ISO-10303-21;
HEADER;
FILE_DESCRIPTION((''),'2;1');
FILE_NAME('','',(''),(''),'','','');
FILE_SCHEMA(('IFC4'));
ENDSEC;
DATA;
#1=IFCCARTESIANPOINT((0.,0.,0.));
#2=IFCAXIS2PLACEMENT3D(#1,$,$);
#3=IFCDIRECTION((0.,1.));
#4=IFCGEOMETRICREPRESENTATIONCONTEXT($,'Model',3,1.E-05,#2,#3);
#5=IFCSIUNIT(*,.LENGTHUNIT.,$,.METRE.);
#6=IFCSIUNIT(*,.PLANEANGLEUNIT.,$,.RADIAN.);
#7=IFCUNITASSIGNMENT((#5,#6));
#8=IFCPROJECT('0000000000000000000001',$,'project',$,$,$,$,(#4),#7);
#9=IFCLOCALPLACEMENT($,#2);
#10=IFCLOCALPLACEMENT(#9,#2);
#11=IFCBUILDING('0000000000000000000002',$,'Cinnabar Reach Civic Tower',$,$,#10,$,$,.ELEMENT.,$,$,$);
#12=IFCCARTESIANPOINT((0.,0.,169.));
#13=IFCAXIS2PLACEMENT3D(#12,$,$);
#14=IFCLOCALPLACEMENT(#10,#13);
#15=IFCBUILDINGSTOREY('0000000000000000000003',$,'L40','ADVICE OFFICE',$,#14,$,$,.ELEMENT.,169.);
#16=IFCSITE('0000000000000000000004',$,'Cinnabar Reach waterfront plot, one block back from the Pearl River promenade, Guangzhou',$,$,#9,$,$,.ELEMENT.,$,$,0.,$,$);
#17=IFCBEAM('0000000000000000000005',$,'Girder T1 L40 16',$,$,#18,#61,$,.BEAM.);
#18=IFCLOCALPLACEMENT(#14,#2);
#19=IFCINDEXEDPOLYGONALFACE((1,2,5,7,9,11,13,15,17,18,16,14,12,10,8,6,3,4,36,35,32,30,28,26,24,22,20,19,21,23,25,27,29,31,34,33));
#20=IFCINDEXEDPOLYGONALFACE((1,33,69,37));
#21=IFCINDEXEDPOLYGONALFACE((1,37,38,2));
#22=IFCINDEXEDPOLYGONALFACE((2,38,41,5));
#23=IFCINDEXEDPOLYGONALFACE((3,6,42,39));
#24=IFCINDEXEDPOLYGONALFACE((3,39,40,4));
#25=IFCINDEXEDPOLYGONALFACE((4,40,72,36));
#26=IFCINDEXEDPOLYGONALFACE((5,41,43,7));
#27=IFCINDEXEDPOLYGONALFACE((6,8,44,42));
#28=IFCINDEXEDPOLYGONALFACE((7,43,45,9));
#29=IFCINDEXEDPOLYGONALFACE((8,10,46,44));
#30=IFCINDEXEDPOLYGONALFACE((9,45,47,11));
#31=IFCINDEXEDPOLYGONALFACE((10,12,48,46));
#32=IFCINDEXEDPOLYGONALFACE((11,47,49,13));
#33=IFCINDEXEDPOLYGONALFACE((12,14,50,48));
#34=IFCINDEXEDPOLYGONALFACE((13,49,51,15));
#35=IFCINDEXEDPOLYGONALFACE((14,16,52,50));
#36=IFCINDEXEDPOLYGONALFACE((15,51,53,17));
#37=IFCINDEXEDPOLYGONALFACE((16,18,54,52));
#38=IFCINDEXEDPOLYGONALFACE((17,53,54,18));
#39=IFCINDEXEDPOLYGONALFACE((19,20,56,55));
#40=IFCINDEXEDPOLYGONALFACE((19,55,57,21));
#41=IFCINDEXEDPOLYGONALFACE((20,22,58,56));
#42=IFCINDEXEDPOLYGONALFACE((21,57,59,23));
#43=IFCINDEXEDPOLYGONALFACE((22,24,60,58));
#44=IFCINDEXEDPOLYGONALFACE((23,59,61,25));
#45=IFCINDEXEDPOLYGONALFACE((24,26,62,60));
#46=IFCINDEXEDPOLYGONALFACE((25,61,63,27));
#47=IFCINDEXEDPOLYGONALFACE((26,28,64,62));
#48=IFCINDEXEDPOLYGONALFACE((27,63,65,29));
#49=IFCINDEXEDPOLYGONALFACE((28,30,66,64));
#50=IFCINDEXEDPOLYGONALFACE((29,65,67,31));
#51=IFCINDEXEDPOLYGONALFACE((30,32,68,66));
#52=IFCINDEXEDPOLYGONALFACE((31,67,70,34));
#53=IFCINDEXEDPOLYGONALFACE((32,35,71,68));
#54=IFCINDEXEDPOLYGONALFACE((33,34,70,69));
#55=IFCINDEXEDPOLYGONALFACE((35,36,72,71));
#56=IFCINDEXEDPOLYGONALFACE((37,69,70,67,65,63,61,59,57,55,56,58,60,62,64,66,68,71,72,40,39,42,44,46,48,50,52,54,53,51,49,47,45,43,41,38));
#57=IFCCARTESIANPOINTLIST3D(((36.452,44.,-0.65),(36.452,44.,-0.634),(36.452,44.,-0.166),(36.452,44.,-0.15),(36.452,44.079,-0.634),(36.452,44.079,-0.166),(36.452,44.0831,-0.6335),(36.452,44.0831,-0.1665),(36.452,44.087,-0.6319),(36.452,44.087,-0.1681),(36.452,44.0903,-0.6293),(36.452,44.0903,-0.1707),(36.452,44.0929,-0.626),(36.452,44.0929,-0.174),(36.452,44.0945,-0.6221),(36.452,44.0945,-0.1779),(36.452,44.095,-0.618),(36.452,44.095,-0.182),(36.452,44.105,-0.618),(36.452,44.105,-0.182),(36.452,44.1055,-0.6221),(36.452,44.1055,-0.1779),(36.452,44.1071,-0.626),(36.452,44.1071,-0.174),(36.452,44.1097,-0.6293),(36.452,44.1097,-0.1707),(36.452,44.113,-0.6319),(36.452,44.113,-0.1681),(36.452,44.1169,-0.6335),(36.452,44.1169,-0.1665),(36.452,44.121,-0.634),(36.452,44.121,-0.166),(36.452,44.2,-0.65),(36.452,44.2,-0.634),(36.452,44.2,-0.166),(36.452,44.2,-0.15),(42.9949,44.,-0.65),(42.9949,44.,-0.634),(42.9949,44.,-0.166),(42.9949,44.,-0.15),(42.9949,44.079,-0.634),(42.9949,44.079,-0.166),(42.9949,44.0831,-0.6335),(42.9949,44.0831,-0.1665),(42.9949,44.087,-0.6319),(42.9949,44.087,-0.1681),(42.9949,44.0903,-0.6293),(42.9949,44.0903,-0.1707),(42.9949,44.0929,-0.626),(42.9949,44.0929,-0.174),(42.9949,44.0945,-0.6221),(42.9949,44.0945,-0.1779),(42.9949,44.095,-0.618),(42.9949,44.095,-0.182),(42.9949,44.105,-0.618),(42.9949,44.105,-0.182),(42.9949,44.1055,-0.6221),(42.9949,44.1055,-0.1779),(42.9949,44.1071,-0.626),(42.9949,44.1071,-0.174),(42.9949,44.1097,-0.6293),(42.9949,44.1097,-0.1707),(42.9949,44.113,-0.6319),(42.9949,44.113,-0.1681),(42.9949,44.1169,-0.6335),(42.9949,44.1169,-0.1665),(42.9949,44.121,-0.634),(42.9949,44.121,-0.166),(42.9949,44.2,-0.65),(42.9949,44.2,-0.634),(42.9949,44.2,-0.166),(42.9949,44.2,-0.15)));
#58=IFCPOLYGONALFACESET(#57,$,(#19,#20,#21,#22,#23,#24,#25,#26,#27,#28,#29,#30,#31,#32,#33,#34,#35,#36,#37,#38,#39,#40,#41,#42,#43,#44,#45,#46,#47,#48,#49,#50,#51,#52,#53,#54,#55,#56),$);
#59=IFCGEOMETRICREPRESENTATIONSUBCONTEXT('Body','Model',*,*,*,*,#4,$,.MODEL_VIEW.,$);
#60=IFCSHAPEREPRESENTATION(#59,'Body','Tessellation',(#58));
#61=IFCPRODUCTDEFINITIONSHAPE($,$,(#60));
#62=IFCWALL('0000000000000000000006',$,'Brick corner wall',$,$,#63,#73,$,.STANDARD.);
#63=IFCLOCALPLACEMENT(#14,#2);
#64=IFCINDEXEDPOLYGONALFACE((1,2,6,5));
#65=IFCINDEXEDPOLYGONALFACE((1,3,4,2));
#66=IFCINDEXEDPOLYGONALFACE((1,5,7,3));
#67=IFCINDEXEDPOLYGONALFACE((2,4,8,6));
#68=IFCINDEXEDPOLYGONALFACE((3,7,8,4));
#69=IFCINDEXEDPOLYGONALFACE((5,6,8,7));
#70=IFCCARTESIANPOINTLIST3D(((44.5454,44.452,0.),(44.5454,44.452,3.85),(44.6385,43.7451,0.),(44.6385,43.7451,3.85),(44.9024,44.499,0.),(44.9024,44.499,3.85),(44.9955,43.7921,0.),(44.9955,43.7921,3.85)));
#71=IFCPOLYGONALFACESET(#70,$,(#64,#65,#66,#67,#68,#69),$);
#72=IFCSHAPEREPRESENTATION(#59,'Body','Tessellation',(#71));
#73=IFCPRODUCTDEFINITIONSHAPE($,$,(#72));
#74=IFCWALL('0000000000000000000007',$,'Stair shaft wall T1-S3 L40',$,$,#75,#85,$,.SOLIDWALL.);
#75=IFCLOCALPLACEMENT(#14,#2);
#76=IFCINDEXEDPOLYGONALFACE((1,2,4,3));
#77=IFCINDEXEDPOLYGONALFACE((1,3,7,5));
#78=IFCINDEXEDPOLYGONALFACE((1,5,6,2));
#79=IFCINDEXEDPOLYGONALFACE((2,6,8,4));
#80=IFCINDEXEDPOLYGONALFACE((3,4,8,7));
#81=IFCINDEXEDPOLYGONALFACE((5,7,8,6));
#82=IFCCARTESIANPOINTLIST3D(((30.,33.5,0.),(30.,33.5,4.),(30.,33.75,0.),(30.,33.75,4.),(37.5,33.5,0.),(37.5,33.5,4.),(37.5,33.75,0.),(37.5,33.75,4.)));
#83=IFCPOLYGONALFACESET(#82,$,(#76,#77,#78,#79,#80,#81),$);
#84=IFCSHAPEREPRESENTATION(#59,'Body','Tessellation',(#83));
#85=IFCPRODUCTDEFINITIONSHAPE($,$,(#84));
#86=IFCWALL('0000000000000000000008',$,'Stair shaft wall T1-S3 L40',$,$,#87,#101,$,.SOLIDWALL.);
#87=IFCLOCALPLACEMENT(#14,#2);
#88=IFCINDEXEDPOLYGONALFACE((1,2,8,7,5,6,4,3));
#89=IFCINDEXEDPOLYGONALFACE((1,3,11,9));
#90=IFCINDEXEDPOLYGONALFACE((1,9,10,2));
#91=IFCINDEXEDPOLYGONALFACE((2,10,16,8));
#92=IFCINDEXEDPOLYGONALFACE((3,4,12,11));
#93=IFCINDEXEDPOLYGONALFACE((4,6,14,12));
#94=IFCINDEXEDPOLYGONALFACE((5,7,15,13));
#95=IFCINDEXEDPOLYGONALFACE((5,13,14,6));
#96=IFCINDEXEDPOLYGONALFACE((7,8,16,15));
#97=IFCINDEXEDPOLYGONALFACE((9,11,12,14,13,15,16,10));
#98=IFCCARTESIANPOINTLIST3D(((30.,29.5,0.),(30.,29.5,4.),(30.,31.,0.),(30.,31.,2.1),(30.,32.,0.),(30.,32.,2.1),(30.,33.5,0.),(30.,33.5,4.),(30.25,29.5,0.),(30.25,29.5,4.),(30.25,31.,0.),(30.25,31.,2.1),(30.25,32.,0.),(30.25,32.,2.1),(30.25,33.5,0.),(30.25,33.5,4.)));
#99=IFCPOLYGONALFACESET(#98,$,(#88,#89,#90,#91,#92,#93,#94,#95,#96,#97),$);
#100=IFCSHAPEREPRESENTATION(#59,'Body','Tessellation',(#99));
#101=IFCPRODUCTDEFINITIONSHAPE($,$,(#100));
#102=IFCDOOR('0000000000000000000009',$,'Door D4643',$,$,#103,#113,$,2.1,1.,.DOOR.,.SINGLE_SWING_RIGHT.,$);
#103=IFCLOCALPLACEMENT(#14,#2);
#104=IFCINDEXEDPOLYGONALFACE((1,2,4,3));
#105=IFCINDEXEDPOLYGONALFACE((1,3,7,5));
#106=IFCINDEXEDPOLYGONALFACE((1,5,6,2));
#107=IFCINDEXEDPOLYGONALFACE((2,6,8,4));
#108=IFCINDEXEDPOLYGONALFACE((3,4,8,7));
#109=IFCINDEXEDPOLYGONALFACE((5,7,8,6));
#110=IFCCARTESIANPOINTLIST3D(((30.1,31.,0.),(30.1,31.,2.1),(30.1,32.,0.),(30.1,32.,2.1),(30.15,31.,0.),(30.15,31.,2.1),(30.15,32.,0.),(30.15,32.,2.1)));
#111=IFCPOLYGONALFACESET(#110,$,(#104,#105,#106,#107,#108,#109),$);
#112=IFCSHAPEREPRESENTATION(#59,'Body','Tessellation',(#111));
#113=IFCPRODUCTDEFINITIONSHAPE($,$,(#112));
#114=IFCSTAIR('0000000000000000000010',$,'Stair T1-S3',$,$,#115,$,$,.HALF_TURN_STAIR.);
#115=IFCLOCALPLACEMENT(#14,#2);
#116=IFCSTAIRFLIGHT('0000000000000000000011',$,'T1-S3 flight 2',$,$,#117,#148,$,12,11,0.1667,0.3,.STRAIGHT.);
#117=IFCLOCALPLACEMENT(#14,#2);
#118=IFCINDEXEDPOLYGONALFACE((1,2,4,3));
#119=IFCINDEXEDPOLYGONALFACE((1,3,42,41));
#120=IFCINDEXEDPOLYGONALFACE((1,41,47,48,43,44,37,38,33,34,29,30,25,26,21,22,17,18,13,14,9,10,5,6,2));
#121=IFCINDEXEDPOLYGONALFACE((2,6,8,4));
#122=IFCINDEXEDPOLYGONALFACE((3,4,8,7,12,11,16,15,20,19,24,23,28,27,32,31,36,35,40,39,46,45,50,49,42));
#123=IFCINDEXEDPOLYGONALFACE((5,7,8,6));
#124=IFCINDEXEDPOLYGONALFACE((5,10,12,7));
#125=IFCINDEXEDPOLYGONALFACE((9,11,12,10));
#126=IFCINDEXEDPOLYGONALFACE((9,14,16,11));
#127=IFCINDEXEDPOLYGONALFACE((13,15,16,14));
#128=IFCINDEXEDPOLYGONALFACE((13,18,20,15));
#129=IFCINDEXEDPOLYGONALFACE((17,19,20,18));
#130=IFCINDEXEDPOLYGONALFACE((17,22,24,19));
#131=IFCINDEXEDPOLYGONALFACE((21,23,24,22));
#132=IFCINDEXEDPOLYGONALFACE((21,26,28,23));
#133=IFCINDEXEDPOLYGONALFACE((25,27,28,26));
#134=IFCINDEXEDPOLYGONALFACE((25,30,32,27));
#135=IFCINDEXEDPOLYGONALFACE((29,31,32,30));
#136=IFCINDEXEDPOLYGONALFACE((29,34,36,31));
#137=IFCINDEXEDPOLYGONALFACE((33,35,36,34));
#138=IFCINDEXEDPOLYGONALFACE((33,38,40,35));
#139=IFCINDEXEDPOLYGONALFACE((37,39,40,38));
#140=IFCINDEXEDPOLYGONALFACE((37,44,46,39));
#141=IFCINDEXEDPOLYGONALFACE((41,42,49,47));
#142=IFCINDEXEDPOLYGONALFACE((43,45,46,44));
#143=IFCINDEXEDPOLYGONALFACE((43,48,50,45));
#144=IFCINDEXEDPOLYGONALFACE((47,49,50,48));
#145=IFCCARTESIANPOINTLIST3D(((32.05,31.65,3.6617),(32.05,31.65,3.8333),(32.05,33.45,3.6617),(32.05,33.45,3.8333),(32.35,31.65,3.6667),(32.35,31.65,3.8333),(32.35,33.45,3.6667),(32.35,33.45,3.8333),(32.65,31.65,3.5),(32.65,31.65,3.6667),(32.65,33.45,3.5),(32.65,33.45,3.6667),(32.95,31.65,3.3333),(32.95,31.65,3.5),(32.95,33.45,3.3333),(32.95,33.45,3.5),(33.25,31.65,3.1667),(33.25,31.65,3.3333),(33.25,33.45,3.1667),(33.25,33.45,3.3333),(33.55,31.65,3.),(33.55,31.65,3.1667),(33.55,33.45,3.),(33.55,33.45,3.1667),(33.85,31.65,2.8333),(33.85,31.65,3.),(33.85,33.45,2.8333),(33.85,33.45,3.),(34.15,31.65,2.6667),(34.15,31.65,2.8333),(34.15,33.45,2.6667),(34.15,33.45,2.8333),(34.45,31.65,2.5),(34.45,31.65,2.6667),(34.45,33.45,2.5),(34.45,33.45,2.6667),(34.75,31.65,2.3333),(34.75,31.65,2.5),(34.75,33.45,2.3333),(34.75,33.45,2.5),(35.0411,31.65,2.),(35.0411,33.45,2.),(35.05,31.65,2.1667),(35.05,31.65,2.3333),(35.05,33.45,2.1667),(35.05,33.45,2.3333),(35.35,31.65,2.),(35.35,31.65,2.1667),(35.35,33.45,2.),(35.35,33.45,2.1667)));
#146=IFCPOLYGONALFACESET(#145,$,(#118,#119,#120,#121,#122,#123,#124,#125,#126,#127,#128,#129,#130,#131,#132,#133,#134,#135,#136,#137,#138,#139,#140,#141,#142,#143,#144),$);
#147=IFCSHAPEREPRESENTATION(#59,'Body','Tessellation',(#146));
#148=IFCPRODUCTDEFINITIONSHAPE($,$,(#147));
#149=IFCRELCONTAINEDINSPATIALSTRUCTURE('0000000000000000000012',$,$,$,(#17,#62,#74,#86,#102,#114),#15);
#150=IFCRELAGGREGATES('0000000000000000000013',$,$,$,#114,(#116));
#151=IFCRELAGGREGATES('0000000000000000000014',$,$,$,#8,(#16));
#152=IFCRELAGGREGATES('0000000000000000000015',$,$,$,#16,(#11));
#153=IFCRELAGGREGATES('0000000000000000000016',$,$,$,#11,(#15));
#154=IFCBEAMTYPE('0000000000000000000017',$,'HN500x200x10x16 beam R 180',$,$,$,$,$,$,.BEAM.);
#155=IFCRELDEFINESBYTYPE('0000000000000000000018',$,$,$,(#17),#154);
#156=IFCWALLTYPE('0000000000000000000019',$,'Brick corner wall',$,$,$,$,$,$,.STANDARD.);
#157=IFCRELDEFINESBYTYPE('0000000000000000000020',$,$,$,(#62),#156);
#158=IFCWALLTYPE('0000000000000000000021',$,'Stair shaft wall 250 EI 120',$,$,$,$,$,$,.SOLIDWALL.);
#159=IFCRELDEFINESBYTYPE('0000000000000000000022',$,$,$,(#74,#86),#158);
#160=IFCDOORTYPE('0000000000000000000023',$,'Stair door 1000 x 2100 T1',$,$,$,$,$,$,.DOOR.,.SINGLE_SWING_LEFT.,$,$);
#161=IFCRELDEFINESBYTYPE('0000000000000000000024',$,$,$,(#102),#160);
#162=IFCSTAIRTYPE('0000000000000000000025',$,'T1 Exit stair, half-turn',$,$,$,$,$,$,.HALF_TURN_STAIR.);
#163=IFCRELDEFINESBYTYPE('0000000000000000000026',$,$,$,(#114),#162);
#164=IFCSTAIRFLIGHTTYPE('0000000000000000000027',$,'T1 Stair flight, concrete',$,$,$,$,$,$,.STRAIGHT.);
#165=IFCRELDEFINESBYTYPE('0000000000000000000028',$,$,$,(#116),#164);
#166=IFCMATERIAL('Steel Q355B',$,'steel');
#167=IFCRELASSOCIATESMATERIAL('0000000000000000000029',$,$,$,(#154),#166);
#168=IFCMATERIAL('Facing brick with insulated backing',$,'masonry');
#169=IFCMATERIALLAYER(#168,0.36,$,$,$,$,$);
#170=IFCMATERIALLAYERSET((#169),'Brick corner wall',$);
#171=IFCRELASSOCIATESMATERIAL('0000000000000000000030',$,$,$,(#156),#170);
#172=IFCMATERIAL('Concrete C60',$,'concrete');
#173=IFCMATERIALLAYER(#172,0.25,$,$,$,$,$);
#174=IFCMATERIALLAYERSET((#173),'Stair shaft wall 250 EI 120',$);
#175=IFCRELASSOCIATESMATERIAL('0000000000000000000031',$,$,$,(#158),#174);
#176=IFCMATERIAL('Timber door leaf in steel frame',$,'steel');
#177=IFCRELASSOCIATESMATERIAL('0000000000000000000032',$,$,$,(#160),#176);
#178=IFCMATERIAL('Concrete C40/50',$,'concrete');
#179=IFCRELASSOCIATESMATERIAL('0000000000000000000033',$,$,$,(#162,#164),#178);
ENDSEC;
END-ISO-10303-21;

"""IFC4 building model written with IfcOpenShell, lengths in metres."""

from ifc_helpers import new_model, si_unit, direction, frame, frame_2d, origin, origin_2d, place, context, subcontext, project, spatial, polyline, rectangle, i_section, outline, extrude, material, layer, layer_set, material_profile, profile_set, type_object, element, fill, aggregate, save


model = new_model("IFC4")

# Units and contexts
model_context = context("Model", 3, precision=1e-05, world=origin(), true_north=direction((0.0, 1.0)))
body_context = subcontext(model_context, "Body", "Model", "MODEL_VIEW")
ifc_project = project(units=[si_unit("LENGTHUNIT", "METRE"), si_unit("PLANEANGLEUNIT", "RADIAN")], contexts=[model_context])

# Site, building, storey
site_placement = place(None, origin())
site = spatial("IfcSite", under=ifc_project, at=site_placement, Name="Cinnabar Reach waterfront plot, one block back from the Pearl River promenade, Guangzhou", CompositionType="ELEMENT", RefElevation=0.0)
building_placement = place(site_placement, origin())
building = spatial("IfcBuilding", under=site, at=building_placement, Name="Cinnabar Reach Civic Tower", CompositionType="ELEMENT")
storey_placement = place(building_placement, frame((0.0, 0.0, 169.0)))
storey = spatial("IfcBuildingStorey", under=building, at=storey_placement, Name="L40", Description="ADVICE OFFICE", CompositionType="ELEMENT", Elevation=169.0)

# Beam
ifc_material_1 = material(Name="Steel Q355B", Category="steel")
ifc_material_profile_1 = material_profile(ifc_material_1, i_section(OverallWidth=0.2, OverallDepth=0.5, WebThickness=0.01, FlangeThickness=0.016, FilletRadius=0.016, at=origin_2d()), Name="HN500x200x10x16")
ifc_profile_set_1 = profile_set([ifc_material_profile_1], Name="Steel Q355B")
beam_type_1 = type_object("IfcBeamType", Name="HN500x200x10x16 beam R 180", PredefinedType="BEAM", material=ifc_profile_set_1)
beam_1_placement = place(storey_placement, frame((36.452, 44.1, -0.4), z_axis=(1.0, 0.0, 0.0), x_axis=(0.0, 1.0, 0.0)))
element("IfcBeam", 1, at=beam_1_placement, inside=storey, type_object=beam_type_1, Name="Girder T1 L40 16", PredefinedType="BEAM", context=body_context, shape_type="SweptSolid", body=[
    extrude(i_section(OverallWidth=0.2, OverallDepth=0.5, WebThickness=0.01, FlangeThickness=0.016, FilletRadius=0.016, at=origin_2d()), origin(), (0.0, 0.0, 1.0), 6.5429),
])

# Walls
ifc_material_2 = material(Name="Facing brick with insulated backing", Category="masonry")
ifc_layer_1 = layer(ifc_material_2, 0.36)
ifc_layer_set_1 = layer_set([ifc_layer_1], Name="Brick corner wall")
wall_type_1 = type_object("IfcWallType", Name="Brick corner wall", PredefinedType="STANDARD", material=ifc_layer_set_1)
wall_1_placement = place(storey_placement, frame((44.817, 43.7686, 0.0), z_axis=(0.0, 0.0, 1.0), x_axis=(-0.130556, 0.991441, 0.0)))
element("IfcWall", 2, at=wall_1_placement, inside=storey, type_object=wall_type_1, Name="Brick corner wall", PredefinedType="STANDARD", context=body_context, shape_type="SweptSolid", body=[
    extrude(rectangle(XDim=0.7131, YDim=0.36, at=frame_2d((0.3565, 0.0))), origin(), (0.0, 0.0, 1.0), 3.85),
])
ifc_material_3 = material(Name="Concrete C60", Category="concrete")
ifc_layer_2 = layer(ifc_material_3, 0.25)
ifc_layer_set_2 = layer_set([ifc_layer_2], Name="Stair shaft wall 250 EI 120")
wall_type_2 = type_object("IfcWallType", Name="Stair shaft wall 250 EI 120", PredefinedType="SOLIDWALL", material=ifc_layer_set_2)
wall_2_placement = place(storey_placement, frame((37.5, 33.625, 0.0), z_axis=(0.0, 0.0, 1.0), x_axis=(-1.0, 0.0, 0.0)))
element("IfcWall", 3, at=wall_2_placement, inside=storey, type_object=wall_type_2, Name="Stair shaft wall T1-S3 L40", PredefinedType="SOLIDWALL", context=body_context, shape_type="SweptSolid", body=[
    extrude(rectangle(XDim=7.5, YDim=0.25, at=frame_2d((3.75, 0.0))), origin(), (0.0, 0.0, 1.0), 4.0),
])

# Wall, opening, door
wall_3_placement = place(storey_placement, frame((30.125, 33.5, 0.0), z_axis=(0.0, 0.0, 1.0), x_axis=(0.0, -1.0, 0.0)))
wall_3 = element("IfcWall", 4, at=wall_3_placement, inside=storey, type_object=wall_type_2, Name="Stair shaft wall T1-S3 L40", PredefinedType="SOLIDWALL", context=body_context, shape_type="SweptSolid", body=[
    extrude(rectangle(XDim=4.0, YDim=0.25, at=frame_2d((2.0, 0.0))), origin(), (0.0, 0.0, 1.0), 4.0),
])
opening_placement = place(wall_3_placement, frame((1.5, 0.0, 0.0)))
opening = element("IfcOpeningElement", 5, at=opening_placement, cuts=wall_3, PredefinedType="OPENING", context=body_context, shape_type="SweptSolid", body=[
    extrude(rectangle(XDim=1.0, YDim=2.1, at=frame_2d((0.5, 1.05))), frame((0.0, 0.135, 0.0), z_axis=(0.0, -1.0, 0.0), x_axis=(1.0, 0.0, 0.0)), (0.0, 0.0, 1.0), 0.27),
])
ifc_material_4 = material(Name="Timber door leaf in steel frame", Category="steel")
door_type = type_object("IfcDoorType", Name="Stair door 1000 x 2100 T1", OperationType="SINGLE_SWING_LEFT", PredefinedType="DOOR", material=ifc_material_4)
door_placement = place(opening_placement, origin())
door = element("IfcDoor", 6, at=door_placement, inside=storey, type_object=door_type, Name="Door D4643", OperationType="SINGLE_SWING_RIGHT", OverallHeight=2.1, OverallWidth=1.0, PredefinedType="DOOR", context=body_context, shape_type="SweptSolid", body=[
    extrude(rectangle(XDim=1.0, YDim=2.1, at=frame_2d((0.5, 1.05))), frame((0.0, 0.025, 0.0), z_axis=(0.0, -1.0, 0.0), x_axis=(1.0, 0.0, 0.0)), (0.0, 0.0, 1.0), 0.05),
])
fill(opening, door)

# Stair, stair flight
ifc_material_5 = material(Name="Concrete C40/50", Category="concrete")
stair_type = type_object("IfcStairType", Name="T1 Exit stair, half-turn", PredefinedType="HALF_TURN_STAIR", material=ifc_material_5)
stair_placement = place(storey_placement, origin())
stair = element("IfcStair", 7, at=stair_placement, inside=storey, type_object=stair_type, Name="Stair T1-S3", PredefinedType="HALF_TURN_STAIR")
stair_flight_type = type_object("IfcStairFlightType", Name="T1 Stair flight, concrete", PredefinedType="STRAIGHT", material=ifc_material_5)
stair_flight_placement = place(storey_placement, frame((35.35, 32.55, 2.0), z_axis=(0.0, 0.0, 1.0), x_axis=(-1.0, 0.0, 0.0)))
stair_flight = element("IfcStairFlight", 8, at=stair_flight_placement, type_object=stair_flight_type, Name="T1-S3 flight 2", NumberOfRisers=12, NumberOfTreads=11, PredefinedType="STRAIGHT", RiserHeight=0.1667, TreadLength=0.3, context=body_context, shape_type="SweptSolid", body=[
    extrude(outline(polyline([(0.0, 0.0), (0.0, 0.1667), (0.3, 0.1667), (0.3, 0.3333), (0.6, 0.3333), (0.6, 0.5), (0.9, 0.5), (0.9, 0.6667), (1.2, 0.6667), (1.2, 0.8333), (1.5, 0.8333), (1.5, 1.0), (1.8, 1.0), (1.8, 1.1667), (2.1, 1.1667), (2.1, 1.3333), (2.4, 1.3333), (2.4, 1.5), (2.7, 1.5), (2.7, 1.6667), (3.0, 1.6667), (3.0, 1.8333), (3.3, 1.8333), (3.3, 2.0), (3.3, 1.6617), (0.3089, 0.0), (0.0, 0.0)])), frame((0.0, 0.9, 0.0), z_axis=(0.0, -1.0, 0.0), x_axis=(1.0, 0.0, 0.0)), (0.0, 0.0, 1.0), 1.8),
])
aggregate(stair, [stair_flight])

save(model, "model.ifc")
